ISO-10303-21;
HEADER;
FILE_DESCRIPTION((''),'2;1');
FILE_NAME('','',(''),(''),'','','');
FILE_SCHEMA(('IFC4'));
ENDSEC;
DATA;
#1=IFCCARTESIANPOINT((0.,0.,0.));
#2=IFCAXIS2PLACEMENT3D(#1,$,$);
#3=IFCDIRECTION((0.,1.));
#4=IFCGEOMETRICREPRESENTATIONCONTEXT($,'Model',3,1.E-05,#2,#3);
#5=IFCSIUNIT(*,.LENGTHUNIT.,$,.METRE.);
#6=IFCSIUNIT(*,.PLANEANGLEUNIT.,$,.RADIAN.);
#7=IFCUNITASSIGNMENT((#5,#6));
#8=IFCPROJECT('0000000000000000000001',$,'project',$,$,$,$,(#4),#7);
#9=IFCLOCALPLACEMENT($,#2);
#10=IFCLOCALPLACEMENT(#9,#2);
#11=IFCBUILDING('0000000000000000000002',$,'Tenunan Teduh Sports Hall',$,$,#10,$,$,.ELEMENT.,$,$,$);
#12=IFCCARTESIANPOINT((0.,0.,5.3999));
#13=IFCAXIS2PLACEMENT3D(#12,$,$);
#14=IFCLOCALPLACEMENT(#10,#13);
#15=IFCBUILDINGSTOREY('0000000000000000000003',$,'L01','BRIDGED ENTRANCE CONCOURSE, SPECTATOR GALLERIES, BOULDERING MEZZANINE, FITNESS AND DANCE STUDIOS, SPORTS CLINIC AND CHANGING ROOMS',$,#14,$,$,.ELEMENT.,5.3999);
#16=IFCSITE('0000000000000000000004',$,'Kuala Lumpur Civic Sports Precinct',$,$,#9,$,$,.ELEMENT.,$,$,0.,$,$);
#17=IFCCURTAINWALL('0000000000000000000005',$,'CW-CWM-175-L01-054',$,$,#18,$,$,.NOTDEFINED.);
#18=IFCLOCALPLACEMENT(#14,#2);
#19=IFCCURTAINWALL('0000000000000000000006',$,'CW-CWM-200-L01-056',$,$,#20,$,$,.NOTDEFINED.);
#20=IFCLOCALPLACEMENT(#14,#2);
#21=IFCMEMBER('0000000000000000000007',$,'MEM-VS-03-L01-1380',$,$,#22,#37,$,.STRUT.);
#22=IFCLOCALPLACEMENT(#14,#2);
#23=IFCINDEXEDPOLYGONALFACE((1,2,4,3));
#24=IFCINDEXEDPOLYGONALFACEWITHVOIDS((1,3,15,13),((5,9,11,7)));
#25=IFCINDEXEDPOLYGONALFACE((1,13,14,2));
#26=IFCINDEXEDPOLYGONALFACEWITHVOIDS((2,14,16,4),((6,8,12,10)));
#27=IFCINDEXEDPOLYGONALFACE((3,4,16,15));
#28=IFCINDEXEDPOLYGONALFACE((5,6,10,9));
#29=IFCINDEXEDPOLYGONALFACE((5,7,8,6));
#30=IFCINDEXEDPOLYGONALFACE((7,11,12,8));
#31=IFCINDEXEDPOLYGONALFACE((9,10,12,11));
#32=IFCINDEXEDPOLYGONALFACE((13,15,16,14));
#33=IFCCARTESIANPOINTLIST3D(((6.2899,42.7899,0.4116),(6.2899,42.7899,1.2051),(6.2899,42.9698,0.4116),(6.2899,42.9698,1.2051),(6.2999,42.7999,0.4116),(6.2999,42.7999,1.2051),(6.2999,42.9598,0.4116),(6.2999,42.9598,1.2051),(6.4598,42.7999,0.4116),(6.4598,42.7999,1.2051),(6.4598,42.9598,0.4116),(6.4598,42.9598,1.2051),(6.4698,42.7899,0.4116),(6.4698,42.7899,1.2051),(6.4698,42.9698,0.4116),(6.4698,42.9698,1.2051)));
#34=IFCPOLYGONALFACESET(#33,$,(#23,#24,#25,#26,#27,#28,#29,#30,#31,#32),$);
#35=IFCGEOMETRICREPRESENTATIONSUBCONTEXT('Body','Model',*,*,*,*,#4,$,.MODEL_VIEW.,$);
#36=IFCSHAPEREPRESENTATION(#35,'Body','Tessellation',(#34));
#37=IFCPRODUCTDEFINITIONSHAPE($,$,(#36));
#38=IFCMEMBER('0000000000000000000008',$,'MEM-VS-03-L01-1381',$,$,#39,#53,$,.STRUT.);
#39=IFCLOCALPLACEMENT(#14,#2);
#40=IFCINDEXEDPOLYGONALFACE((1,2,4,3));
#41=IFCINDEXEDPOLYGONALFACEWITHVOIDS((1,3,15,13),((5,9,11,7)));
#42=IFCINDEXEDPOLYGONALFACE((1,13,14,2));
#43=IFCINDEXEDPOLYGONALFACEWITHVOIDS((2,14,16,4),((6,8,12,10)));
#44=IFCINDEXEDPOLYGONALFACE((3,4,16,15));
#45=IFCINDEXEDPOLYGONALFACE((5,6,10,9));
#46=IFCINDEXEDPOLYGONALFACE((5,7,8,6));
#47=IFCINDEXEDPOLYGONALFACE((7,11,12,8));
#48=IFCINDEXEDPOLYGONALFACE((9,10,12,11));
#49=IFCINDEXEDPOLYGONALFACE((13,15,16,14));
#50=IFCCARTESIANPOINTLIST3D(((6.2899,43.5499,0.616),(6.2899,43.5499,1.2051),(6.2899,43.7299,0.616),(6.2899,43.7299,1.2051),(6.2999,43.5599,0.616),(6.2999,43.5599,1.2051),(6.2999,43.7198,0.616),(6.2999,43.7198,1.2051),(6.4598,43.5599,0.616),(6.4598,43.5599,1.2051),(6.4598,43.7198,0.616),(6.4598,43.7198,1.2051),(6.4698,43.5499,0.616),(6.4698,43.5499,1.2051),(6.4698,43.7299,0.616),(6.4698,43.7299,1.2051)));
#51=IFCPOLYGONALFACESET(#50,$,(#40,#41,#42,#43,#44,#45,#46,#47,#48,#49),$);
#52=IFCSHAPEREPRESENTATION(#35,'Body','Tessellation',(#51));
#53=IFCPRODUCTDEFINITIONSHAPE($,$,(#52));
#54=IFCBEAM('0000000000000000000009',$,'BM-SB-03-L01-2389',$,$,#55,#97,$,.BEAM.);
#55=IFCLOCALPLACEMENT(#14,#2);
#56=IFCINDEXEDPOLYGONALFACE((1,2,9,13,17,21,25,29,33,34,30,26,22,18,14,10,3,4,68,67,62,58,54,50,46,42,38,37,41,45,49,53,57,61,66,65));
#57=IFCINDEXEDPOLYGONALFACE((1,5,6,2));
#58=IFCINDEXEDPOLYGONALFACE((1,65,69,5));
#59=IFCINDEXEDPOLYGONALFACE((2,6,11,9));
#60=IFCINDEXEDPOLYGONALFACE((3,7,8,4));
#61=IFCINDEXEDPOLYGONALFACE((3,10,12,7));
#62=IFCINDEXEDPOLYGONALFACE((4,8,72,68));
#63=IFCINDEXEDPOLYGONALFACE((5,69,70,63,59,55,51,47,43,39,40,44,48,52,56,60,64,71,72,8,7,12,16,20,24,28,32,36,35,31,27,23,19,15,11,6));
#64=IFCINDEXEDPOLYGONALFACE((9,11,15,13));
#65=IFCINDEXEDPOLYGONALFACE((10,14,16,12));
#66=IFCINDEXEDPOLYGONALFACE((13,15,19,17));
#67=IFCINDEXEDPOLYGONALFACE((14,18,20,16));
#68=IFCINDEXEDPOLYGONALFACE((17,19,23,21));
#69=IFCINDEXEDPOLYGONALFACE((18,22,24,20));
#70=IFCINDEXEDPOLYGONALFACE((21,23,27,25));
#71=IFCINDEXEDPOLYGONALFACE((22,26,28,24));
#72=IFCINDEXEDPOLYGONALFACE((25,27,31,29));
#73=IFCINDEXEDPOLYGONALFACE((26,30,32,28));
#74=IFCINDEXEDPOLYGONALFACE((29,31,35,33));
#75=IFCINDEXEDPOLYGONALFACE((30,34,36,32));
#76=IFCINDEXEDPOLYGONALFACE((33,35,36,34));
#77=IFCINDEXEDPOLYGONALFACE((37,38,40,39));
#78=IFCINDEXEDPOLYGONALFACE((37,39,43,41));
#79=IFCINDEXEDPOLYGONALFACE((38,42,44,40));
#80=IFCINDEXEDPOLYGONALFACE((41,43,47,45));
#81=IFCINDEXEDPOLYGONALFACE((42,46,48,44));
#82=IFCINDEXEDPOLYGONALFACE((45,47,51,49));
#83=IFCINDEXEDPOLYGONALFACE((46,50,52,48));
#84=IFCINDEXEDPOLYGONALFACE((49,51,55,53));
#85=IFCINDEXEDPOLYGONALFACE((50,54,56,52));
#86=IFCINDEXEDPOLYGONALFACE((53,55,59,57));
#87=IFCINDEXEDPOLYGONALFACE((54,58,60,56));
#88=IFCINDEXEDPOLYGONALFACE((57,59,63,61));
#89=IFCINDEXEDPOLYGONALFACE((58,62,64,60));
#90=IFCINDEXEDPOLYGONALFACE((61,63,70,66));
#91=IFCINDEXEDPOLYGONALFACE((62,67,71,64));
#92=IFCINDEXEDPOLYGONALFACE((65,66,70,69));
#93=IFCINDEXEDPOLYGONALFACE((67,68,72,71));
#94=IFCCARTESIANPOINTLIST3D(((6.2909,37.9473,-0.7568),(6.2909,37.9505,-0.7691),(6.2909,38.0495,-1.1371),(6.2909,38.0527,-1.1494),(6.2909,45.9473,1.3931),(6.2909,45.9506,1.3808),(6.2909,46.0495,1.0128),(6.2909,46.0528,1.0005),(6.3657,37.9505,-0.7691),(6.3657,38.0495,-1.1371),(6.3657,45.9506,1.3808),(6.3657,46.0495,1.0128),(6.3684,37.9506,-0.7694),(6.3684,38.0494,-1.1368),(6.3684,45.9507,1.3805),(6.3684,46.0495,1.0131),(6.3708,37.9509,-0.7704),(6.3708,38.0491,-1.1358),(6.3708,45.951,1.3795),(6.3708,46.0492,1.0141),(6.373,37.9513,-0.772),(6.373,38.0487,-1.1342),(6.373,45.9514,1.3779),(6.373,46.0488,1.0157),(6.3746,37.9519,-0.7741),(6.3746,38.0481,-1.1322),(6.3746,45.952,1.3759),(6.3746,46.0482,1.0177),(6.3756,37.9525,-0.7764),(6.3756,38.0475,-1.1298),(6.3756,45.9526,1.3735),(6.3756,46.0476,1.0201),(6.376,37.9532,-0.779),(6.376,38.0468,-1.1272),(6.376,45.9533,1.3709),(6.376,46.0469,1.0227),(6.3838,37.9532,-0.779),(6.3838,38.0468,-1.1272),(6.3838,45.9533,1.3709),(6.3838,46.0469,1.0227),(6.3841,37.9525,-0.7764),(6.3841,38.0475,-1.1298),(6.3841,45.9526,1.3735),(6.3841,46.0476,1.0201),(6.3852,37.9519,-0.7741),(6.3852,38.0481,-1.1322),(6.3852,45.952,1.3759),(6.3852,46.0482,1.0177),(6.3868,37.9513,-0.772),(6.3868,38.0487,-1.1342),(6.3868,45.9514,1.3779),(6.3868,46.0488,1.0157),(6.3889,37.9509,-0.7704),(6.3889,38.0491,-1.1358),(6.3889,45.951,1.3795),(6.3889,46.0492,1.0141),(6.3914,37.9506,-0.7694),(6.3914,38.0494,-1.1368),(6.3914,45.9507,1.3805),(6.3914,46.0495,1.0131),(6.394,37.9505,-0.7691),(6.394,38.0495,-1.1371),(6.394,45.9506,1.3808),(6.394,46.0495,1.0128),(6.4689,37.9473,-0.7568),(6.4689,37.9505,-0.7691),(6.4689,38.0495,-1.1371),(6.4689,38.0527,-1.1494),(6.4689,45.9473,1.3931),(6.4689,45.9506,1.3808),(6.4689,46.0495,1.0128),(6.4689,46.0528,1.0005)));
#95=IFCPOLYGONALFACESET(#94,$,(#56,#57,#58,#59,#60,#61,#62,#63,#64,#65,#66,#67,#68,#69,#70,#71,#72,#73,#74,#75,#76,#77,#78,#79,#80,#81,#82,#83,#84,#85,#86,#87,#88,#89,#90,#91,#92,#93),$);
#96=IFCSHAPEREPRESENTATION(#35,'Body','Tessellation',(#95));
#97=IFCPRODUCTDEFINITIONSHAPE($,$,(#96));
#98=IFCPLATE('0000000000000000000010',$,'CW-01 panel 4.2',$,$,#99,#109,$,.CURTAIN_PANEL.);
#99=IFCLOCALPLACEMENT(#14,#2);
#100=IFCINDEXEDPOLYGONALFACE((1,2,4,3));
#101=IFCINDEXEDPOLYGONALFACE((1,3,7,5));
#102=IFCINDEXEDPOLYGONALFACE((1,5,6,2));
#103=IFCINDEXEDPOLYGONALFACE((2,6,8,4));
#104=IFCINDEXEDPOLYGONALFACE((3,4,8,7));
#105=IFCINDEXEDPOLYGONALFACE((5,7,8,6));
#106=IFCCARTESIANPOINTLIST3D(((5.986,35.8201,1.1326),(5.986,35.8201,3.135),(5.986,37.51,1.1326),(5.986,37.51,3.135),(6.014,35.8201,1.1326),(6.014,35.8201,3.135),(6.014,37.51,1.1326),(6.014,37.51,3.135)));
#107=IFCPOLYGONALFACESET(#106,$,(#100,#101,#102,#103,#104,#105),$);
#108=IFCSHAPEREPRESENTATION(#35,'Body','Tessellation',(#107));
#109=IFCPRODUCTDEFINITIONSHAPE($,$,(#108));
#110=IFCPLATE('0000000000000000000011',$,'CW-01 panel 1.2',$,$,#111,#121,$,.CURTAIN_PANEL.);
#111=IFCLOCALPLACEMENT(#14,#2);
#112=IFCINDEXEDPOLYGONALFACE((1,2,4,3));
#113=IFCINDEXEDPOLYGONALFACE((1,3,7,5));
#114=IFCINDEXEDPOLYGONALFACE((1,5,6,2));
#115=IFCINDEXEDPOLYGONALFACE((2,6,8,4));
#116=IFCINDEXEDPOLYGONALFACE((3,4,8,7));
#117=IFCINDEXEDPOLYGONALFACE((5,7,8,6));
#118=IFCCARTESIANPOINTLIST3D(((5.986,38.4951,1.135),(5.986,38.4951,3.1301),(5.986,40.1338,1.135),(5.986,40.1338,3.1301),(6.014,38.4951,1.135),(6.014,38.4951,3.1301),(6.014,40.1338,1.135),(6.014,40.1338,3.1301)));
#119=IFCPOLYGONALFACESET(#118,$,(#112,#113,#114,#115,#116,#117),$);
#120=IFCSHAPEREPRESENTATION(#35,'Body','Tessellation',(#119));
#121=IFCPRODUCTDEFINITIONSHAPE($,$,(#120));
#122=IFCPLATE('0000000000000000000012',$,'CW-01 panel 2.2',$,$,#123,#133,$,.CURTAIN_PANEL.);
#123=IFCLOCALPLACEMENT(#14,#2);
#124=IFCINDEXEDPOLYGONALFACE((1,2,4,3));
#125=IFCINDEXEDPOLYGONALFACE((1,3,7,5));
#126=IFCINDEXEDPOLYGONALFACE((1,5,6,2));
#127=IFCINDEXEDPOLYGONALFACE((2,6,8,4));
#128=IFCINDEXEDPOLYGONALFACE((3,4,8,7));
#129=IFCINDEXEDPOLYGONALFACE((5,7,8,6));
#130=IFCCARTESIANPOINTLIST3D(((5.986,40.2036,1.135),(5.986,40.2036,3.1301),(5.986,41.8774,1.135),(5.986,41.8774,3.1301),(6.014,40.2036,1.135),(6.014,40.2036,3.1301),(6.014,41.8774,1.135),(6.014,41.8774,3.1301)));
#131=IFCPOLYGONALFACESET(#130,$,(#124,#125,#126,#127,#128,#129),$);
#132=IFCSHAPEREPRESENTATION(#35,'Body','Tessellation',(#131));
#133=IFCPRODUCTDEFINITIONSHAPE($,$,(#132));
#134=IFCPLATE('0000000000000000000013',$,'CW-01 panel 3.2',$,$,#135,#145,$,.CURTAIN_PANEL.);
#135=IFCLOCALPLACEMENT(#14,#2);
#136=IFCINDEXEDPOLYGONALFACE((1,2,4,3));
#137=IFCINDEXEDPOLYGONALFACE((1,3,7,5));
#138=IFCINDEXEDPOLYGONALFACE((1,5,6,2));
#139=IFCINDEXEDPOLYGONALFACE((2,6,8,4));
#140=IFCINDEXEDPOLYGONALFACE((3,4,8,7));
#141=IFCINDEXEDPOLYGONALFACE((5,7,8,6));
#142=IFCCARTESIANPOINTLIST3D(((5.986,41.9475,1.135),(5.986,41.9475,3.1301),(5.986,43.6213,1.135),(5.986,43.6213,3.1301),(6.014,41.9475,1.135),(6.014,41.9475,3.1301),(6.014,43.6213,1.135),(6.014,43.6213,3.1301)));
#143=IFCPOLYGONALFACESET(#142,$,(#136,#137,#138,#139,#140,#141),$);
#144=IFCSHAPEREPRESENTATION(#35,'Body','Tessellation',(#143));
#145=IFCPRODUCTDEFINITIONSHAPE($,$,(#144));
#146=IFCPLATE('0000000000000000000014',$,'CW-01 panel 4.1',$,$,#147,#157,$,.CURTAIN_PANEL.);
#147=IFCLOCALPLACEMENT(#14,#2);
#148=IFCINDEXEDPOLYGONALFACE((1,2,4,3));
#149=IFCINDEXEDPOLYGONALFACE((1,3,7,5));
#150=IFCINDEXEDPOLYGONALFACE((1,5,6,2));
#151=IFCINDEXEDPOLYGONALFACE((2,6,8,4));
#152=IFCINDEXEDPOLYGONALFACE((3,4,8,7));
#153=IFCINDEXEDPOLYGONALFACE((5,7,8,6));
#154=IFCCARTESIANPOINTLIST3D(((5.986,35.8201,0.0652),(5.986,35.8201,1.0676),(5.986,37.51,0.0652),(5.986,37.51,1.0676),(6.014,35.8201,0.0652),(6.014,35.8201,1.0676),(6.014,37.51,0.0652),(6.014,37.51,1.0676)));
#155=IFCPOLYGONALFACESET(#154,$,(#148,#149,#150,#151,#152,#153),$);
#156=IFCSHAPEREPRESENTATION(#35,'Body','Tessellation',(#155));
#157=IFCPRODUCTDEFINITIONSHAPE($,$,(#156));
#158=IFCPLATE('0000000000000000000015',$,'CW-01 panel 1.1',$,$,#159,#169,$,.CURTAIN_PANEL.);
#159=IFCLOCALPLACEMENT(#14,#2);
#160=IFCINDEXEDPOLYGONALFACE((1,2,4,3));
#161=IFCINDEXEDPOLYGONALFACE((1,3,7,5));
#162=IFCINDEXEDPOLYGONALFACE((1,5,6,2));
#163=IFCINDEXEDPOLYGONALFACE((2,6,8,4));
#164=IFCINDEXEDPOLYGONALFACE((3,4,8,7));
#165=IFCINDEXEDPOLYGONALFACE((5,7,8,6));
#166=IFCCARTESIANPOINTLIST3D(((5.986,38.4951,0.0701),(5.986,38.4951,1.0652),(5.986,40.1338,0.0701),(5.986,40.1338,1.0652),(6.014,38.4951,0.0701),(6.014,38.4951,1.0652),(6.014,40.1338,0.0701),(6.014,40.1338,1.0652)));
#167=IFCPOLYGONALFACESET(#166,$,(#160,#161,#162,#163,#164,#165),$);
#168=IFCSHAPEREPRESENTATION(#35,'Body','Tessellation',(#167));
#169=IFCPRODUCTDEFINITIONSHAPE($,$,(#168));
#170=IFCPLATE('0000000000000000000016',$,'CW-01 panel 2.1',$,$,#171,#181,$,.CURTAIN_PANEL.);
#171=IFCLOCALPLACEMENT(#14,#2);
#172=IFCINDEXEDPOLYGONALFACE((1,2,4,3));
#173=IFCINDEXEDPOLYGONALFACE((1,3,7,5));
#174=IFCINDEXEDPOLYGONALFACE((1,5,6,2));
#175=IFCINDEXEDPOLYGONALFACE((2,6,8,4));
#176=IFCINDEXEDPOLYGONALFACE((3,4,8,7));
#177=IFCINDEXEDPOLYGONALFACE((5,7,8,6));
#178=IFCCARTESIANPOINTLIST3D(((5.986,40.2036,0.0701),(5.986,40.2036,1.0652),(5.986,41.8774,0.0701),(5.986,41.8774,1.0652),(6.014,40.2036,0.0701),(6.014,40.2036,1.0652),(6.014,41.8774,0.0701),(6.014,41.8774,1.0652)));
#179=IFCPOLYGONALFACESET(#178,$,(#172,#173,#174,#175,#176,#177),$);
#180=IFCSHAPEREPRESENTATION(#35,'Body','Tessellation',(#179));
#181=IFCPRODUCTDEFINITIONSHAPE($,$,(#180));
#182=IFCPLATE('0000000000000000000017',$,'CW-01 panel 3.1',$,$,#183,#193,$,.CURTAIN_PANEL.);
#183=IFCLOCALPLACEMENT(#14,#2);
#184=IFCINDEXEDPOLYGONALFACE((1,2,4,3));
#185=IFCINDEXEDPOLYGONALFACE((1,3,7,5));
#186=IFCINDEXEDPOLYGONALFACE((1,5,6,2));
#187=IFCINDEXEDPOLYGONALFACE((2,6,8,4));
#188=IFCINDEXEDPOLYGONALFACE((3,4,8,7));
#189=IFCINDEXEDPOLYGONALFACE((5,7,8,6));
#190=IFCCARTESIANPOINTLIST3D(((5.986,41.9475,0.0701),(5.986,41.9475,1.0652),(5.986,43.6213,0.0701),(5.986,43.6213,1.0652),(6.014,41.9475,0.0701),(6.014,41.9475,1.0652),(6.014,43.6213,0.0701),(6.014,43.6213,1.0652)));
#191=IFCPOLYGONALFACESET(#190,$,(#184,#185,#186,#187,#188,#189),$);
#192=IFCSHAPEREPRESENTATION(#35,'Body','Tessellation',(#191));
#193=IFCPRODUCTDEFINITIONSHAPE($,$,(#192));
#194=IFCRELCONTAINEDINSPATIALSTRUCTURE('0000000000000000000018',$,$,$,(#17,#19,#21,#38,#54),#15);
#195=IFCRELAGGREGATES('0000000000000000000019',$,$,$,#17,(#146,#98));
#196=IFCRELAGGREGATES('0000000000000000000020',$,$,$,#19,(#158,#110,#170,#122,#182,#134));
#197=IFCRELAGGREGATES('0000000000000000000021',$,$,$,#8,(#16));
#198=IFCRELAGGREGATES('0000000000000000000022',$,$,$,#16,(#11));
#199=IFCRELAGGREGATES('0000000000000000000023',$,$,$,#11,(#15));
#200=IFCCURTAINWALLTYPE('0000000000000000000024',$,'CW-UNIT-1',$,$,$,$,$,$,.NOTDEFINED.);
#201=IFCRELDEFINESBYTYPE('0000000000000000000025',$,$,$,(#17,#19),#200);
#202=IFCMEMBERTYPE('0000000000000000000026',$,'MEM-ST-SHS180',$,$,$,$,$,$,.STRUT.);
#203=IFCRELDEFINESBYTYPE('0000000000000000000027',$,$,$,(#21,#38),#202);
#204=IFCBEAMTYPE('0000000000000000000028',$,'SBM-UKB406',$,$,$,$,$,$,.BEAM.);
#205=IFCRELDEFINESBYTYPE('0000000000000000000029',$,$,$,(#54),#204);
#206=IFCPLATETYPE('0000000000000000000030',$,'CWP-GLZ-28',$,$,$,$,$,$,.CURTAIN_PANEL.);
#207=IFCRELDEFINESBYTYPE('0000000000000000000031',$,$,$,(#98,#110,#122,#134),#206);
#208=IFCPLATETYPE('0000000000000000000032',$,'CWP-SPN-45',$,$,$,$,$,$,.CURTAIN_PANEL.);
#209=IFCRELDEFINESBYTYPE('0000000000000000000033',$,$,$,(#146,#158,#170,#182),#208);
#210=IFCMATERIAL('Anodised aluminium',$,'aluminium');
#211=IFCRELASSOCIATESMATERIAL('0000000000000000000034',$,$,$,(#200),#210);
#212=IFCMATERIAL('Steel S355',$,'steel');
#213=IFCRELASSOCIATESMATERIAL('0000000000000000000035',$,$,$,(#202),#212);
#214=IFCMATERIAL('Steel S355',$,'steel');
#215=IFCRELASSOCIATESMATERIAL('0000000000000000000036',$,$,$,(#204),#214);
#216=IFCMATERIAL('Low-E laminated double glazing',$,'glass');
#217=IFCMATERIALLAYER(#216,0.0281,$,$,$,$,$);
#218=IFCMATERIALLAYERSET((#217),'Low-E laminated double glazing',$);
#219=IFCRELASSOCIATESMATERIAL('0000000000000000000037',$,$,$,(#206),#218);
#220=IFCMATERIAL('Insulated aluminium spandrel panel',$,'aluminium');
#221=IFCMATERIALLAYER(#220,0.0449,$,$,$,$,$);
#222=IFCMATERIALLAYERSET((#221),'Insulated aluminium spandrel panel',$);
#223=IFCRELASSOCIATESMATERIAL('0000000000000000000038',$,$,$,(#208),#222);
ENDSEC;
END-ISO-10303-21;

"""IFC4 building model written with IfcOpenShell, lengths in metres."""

from ifc_helpers import new_model, si_unit, direction, frame, origin, origin_2d, place, context, subcontext, project, spatial, rectangle, hollow_rectangle, i_section, extrude, material, layer, layer_set, material_profile, profile_set, type_object, element, aggregate, save


model = new_model("IFC4")

# Units and contexts
model_context = context("Model", 3, precision=1e-05, world=origin(), true_north=direction((0.0, 1.0)))
body_context = subcontext(model_context, "Body", "Model", "MODEL_VIEW")
ifc_project = project(units=[si_unit("LENGTHUNIT", "METRE"), si_unit("PLANEANGLEUNIT", "RADIAN")], contexts=[model_context])

# Site, building, storey
site_placement = place(None, origin())
site = spatial("IfcSite", under=ifc_project, at=site_placement, Name="Kuala Lumpur Civic Sports Precinct", CompositionType="ELEMENT", RefElevation=0.0)
building_placement = place(site_placement, origin())
building = spatial("IfcBuilding", under=site, at=building_placement, Name="Tenunan Teduh Sports Hall", CompositionType="ELEMENT")
storey_placement = place(building_placement, frame((0.0, 0.0, 5.3999)))
storey = spatial("IfcBuildingStorey", under=building, at=storey_placement, Name="L01", Description="BRIDGED ENTRANCE CONCOURSE, SPECTATOR GALLERIES, BOULDERING MEZZANINE, FITNESS AND DANCE STUDIOS, SPORTS CLINIC AND CHANGING ROOMS", CompositionType="ELEMENT", Elevation=5.3999)

# Curtain wall
ifc_material_1 = material(Name="Anodised aluminium", Category="aluminium")
curtain_wall_type = type_object("IfcCurtainWallType", Name="CW-UNIT-1", PredefinedType="NOTDEFINED", material=ifc_material_1)
curtain_wall_1_placement = place(storey_placement, origin())
curtain_wall_1 = element("IfcCurtainWall", 1, at=curtain_wall_1_placement, inside=storey, type_object=curtain_wall_type, Name="CW-CWM-175-L01-054", PredefinedType="NOTDEFINED")

# Curtain wall
curtain_wall_2_placement = place(storey_placement, origin())
curtain_wall_2 = element("IfcCurtainWall", 2, at=curtain_wall_2_placement, inside=storey, type_object=curtain_wall_type, Name="CW-CWM-200-L01-056", PredefinedType="NOTDEFINED")

# Members
ifc_material_2 = material(Name="Steel S355", Category="steel")
ifc_material_profile_1 = material_profile(ifc_material_2, hollow_rectangle(XDim=0.1799, YDim=0.1799, WallThickness=0.01, at=origin_2d()), Name="SHS 180x180x10.0")
ifc_profile_set_1 = profile_set([ifc_material_profile_1], Name="Steel S355")
member_type_1 = type_object("IfcMemberType", Name="MEM-ST-SHS180", PredefinedType="STRUT", material=ifc_profile_set_1)
member_1_placement = place(storey_placement, frame((6.3799, 42.8799, 0.4116), z_axis=(0.0, 0.0, 1.0), x_axis=(1.0, 0.0, 0.0)))
element("IfcMember", 3, at=member_1_placement, inside=storey, type_object=member_type_1, Name="MEM-VS-03-L01-1380", PredefinedType="STRUT", context=body_context, shape_type="SweptSolid", body=[
    extrude(hollow_rectangle(XDim=0.1799, YDim=0.1799, WallThickness=0.01, at=origin_2d()), origin(), (0.0, 0.0, 1.0), 0.7935),
])
member_2_placement = place(storey_placement, frame((6.3799, 43.6399, 0.616), z_axis=(0.0, 0.0, 1.0), x_axis=(1.0, 0.0, 0.0)))
element("IfcMember", 4, at=member_2_placement, inside=storey, type_object=member_type_1, Name="MEM-VS-03-L01-1381", PredefinedType="STRUT", context=body_context, shape_type="SweptSolid", body=[
    extrude(hollow_rectangle(XDim=0.1799, YDim=0.1799, WallThickness=0.01, at=origin_2d()), origin(), (0.0, 0.0, 1.0), 0.5891),
])

# Beam
ifc_material_3 = material(Name="Steel S355", Category="steel")
ifc_material_profile_2 = material_profile(ifc_material_3, i_section(OverallWidth=0.178, OverallDepth=0.4065, WebThickness=0.0078, FlangeThickness=0.0127, FilletRadius=0.0103, at=origin_2d()), Name="UKB 406x178x60")
ifc_profile_set_2 = profile_set([ifc_material_profile_2], Name="Steel S355")
beam_type_1 = type_object("IfcBeamType", Name="SBM-UKB406", PredefinedType="BEAM", material=ifc_profile_set_2)
beam_1_placement = place(storey_placement, frame((6.3799, 38.0, -0.9531), z_axis=(0.0, 0.965735, 0.25953), x_axis=(-1.0, 0.0, 0.0)))
element("IfcBeam", 5, at=beam_1_placement, inside=storey, type_object=beam_type_1, Name="BM-SB-03-L01-2389", PredefinedType="BEAM", context=body_context, shape_type="SweptSolid", body=[
    extrude(i_section(OverallWidth=0.178, OverallDepth=0.4065, WebThickness=0.0078, FlangeThickness=0.0127, FilletRadius=0.0103, at=origin_2d()), origin(), (0.0, 0.0, 1.0), 8.2839),
])

# Plates
ifc_material_4 = material(Name="Low-E laminated double glazing", Category="glass")
ifc_layer_1 = layer(ifc_material_4, 0.0281)
ifc_layer_set_1 = layer_set([ifc_layer_1], Name="Low-E laminated double glazing")
plate_type_1 = type_object("IfcPlateType", Name="CWP-GLZ-28", PredefinedType="CURTAIN_PANEL", material=ifc_layer_set_1)
plate_1_placement = place(storey_placement, frame((6.0, 36.665, 1.1326), z_axis=(0.0, 0.0, 1.0), x_axis=(0.0, 1.0, 0.0)))
plate_1 = element("IfcPlate", 6, at=plate_1_placement, type_object=plate_type_1, Name="CW-01 panel 4.2", PredefinedType="CURTAIN_PANEL", context=body_context, shape_type="SweptSolid", body=[
    extrude(rectangle(XDim=1.6899, YDim=0.0281, at=origin_2d()), origin(), (0.0, 0.0, 1.0), 2.0024),
])
plate_2_placement = place(storey_placement, frame((6.0, 39.3145, 1.135), z_axis=(0.0, 0.0, 1.0), x_axis=(0.0, 1.0, 0.0)))
plate_2 = element("IfcPlate", 7, at=plate_2_placement, type_object=plate_type_1, Name="CW-01 panel 1.2", PredefinedType="CURTAIN_PANEL", context=body_context, shape_type="SweptSolid", body=[
    extrude(rectangle(XDim=1.6387, YDim=0.0281, at=origin_2d()), origin(), (0.0, 0.0, 1.0), 1.9951),
])
plate_3_placement = place(storey_placement, frame((6.0, 41.0405, 1.135), z_axis=(0.0, 0.0, 1.0), x_axis=(0.0, 1.0, 0.0)))
plate_3 = element("IfcPlate", 8, at=plate_3_placement, type_object=plate_type_1, Name="CW-01 panel 2.2", PredefinedType="CURTAIN_PANEL", context=body_context, shape_type="SweptSolid", body=[
    extrude(rectangle(XDim=1.6738, YDim=0.0281, at=origin_2d()), origin(), (0.0, 0.0, 1.0), 1.9951),
])
plate_4_placement = place(storey_placement, frame((6.0, 42.7844, 1.135), z_axis=(0.0, 0.0, 1.0), x_axis=(0.0, 1.0, 0.0)))
plate_4 = element("IfcPlate", 9, at=plate_4_placement, type_object=plate_type_1, Name="CW-01 panel 3.2", PredefinedType="CURTAIN_PANEL", context=body_context, shape_type="SweptSolid", body=[
    extrude(rectangle(XDim=1.6738, YDim=0.0281, at=origin_2d()), origin(), (0.0, 0.0, 1.0), 1.9951),
])
ifc_material_5 = material(Name="Insulated aluminium spandrel panel", Category="aluminium")
ifc_layer_2 = layer(ifc_material_5, 0.0449)
ifc_layer_set_2 = layer_set([ifc_layer_2], Name="Insulated aluminium spandrel panel")
plate_type_2 = type_object("IfcPlateType", Name="CWP-SPN-45", PredefinedType="CURTAIN_PANEL", material=ifc_layer_set_2)
plate_5_placement = place(storey_placement, frame((6.0, 36.665, 0.0652), z_axis=(0.0, 0.0, 1.0), x_axis=(0.0, 1.0, 0.0)))
plate_5 = element("IfcPlate", 10, at=plate_5_placement, type_object=plate_type_2, Name="CW-01 panel 4.1", PredefinedType="CURTAIN_PANEL", context=body_context, shape_type="SweptSolid", body=[
    extrude(rectangle(XDim=1.6899, YDim=0.0281, at=origin_2d()), origin(), (0.0, 0.0, 1.0), 1.0024),
])
aggregate(curtain_wall_1, [plate_5, plate_1])
plate_6_placement = place(storey_placement, frame((6.0, 39.3145, 0.0701), z_axis=(0.0, 0.0, 1.0), x_axis=(0.0, 1.0, 0.0)))
plate_6 = element("IfcPlate", 11, at=plate_6_placement, type_object=plate_type_2, Name="CW-01 panel 1.1", PredefinedType="CURTAIN_PANEL", context=body_context, shape_type="SweptSolid", body=[
    extrude(rectangle(XDim=1.6387, YDim=0.0281, at=origin_2d()), origin(), (0.0, 0.0, 1.0), 0.9951),
])
plate_7_placement = place(storey_placement, frame((6.0, 41.0405, 0.0701), z_axis=(0.0, 0.0, 1.0), x_axis=(0.0, 1.0, 0.0)))
plate_7 = element("IfcPlate", 12, at=plate_7_placement, type_object=plate_type_2, Name="CW-01 panel 2.1", PredefinedType="CURTAIN_PANEL", context=body_context, shape_type="SweptSolid", body=[
    extrude(rectangle(XDim=1.6738, YDim=0.0281, at=origin_2d()), origin(), (0.0, 0.0, 1.0), 0.9951),
])
plate_8_placement = place(storey_placement, frame((6.0, 42.7844, 0.0701), z_axis=(0.0, 0.0, 1.0), x_axis=(0.0, 1.0, 0.0)))
plate_8 = element("IfcPlate", 13, at=plate_8_placement, type_object=plate_type_2, Name="CW-01 panel 3.1", PredefinedType="CURTAIN_PANEL", context=body_context, shape_type="SweptSolid", body=[
    extrude(rectangle(XDim=1.6738, YDim=0.0281, at=origin_2d()), origin(), (0.0, 0.0, 1.0), 0.9951),
])
aggregate(curtain_wall_2, [plate_6, plate_2, plate_7, plate_3, plate_8, plate_4])

save(model, "model.ifc")
